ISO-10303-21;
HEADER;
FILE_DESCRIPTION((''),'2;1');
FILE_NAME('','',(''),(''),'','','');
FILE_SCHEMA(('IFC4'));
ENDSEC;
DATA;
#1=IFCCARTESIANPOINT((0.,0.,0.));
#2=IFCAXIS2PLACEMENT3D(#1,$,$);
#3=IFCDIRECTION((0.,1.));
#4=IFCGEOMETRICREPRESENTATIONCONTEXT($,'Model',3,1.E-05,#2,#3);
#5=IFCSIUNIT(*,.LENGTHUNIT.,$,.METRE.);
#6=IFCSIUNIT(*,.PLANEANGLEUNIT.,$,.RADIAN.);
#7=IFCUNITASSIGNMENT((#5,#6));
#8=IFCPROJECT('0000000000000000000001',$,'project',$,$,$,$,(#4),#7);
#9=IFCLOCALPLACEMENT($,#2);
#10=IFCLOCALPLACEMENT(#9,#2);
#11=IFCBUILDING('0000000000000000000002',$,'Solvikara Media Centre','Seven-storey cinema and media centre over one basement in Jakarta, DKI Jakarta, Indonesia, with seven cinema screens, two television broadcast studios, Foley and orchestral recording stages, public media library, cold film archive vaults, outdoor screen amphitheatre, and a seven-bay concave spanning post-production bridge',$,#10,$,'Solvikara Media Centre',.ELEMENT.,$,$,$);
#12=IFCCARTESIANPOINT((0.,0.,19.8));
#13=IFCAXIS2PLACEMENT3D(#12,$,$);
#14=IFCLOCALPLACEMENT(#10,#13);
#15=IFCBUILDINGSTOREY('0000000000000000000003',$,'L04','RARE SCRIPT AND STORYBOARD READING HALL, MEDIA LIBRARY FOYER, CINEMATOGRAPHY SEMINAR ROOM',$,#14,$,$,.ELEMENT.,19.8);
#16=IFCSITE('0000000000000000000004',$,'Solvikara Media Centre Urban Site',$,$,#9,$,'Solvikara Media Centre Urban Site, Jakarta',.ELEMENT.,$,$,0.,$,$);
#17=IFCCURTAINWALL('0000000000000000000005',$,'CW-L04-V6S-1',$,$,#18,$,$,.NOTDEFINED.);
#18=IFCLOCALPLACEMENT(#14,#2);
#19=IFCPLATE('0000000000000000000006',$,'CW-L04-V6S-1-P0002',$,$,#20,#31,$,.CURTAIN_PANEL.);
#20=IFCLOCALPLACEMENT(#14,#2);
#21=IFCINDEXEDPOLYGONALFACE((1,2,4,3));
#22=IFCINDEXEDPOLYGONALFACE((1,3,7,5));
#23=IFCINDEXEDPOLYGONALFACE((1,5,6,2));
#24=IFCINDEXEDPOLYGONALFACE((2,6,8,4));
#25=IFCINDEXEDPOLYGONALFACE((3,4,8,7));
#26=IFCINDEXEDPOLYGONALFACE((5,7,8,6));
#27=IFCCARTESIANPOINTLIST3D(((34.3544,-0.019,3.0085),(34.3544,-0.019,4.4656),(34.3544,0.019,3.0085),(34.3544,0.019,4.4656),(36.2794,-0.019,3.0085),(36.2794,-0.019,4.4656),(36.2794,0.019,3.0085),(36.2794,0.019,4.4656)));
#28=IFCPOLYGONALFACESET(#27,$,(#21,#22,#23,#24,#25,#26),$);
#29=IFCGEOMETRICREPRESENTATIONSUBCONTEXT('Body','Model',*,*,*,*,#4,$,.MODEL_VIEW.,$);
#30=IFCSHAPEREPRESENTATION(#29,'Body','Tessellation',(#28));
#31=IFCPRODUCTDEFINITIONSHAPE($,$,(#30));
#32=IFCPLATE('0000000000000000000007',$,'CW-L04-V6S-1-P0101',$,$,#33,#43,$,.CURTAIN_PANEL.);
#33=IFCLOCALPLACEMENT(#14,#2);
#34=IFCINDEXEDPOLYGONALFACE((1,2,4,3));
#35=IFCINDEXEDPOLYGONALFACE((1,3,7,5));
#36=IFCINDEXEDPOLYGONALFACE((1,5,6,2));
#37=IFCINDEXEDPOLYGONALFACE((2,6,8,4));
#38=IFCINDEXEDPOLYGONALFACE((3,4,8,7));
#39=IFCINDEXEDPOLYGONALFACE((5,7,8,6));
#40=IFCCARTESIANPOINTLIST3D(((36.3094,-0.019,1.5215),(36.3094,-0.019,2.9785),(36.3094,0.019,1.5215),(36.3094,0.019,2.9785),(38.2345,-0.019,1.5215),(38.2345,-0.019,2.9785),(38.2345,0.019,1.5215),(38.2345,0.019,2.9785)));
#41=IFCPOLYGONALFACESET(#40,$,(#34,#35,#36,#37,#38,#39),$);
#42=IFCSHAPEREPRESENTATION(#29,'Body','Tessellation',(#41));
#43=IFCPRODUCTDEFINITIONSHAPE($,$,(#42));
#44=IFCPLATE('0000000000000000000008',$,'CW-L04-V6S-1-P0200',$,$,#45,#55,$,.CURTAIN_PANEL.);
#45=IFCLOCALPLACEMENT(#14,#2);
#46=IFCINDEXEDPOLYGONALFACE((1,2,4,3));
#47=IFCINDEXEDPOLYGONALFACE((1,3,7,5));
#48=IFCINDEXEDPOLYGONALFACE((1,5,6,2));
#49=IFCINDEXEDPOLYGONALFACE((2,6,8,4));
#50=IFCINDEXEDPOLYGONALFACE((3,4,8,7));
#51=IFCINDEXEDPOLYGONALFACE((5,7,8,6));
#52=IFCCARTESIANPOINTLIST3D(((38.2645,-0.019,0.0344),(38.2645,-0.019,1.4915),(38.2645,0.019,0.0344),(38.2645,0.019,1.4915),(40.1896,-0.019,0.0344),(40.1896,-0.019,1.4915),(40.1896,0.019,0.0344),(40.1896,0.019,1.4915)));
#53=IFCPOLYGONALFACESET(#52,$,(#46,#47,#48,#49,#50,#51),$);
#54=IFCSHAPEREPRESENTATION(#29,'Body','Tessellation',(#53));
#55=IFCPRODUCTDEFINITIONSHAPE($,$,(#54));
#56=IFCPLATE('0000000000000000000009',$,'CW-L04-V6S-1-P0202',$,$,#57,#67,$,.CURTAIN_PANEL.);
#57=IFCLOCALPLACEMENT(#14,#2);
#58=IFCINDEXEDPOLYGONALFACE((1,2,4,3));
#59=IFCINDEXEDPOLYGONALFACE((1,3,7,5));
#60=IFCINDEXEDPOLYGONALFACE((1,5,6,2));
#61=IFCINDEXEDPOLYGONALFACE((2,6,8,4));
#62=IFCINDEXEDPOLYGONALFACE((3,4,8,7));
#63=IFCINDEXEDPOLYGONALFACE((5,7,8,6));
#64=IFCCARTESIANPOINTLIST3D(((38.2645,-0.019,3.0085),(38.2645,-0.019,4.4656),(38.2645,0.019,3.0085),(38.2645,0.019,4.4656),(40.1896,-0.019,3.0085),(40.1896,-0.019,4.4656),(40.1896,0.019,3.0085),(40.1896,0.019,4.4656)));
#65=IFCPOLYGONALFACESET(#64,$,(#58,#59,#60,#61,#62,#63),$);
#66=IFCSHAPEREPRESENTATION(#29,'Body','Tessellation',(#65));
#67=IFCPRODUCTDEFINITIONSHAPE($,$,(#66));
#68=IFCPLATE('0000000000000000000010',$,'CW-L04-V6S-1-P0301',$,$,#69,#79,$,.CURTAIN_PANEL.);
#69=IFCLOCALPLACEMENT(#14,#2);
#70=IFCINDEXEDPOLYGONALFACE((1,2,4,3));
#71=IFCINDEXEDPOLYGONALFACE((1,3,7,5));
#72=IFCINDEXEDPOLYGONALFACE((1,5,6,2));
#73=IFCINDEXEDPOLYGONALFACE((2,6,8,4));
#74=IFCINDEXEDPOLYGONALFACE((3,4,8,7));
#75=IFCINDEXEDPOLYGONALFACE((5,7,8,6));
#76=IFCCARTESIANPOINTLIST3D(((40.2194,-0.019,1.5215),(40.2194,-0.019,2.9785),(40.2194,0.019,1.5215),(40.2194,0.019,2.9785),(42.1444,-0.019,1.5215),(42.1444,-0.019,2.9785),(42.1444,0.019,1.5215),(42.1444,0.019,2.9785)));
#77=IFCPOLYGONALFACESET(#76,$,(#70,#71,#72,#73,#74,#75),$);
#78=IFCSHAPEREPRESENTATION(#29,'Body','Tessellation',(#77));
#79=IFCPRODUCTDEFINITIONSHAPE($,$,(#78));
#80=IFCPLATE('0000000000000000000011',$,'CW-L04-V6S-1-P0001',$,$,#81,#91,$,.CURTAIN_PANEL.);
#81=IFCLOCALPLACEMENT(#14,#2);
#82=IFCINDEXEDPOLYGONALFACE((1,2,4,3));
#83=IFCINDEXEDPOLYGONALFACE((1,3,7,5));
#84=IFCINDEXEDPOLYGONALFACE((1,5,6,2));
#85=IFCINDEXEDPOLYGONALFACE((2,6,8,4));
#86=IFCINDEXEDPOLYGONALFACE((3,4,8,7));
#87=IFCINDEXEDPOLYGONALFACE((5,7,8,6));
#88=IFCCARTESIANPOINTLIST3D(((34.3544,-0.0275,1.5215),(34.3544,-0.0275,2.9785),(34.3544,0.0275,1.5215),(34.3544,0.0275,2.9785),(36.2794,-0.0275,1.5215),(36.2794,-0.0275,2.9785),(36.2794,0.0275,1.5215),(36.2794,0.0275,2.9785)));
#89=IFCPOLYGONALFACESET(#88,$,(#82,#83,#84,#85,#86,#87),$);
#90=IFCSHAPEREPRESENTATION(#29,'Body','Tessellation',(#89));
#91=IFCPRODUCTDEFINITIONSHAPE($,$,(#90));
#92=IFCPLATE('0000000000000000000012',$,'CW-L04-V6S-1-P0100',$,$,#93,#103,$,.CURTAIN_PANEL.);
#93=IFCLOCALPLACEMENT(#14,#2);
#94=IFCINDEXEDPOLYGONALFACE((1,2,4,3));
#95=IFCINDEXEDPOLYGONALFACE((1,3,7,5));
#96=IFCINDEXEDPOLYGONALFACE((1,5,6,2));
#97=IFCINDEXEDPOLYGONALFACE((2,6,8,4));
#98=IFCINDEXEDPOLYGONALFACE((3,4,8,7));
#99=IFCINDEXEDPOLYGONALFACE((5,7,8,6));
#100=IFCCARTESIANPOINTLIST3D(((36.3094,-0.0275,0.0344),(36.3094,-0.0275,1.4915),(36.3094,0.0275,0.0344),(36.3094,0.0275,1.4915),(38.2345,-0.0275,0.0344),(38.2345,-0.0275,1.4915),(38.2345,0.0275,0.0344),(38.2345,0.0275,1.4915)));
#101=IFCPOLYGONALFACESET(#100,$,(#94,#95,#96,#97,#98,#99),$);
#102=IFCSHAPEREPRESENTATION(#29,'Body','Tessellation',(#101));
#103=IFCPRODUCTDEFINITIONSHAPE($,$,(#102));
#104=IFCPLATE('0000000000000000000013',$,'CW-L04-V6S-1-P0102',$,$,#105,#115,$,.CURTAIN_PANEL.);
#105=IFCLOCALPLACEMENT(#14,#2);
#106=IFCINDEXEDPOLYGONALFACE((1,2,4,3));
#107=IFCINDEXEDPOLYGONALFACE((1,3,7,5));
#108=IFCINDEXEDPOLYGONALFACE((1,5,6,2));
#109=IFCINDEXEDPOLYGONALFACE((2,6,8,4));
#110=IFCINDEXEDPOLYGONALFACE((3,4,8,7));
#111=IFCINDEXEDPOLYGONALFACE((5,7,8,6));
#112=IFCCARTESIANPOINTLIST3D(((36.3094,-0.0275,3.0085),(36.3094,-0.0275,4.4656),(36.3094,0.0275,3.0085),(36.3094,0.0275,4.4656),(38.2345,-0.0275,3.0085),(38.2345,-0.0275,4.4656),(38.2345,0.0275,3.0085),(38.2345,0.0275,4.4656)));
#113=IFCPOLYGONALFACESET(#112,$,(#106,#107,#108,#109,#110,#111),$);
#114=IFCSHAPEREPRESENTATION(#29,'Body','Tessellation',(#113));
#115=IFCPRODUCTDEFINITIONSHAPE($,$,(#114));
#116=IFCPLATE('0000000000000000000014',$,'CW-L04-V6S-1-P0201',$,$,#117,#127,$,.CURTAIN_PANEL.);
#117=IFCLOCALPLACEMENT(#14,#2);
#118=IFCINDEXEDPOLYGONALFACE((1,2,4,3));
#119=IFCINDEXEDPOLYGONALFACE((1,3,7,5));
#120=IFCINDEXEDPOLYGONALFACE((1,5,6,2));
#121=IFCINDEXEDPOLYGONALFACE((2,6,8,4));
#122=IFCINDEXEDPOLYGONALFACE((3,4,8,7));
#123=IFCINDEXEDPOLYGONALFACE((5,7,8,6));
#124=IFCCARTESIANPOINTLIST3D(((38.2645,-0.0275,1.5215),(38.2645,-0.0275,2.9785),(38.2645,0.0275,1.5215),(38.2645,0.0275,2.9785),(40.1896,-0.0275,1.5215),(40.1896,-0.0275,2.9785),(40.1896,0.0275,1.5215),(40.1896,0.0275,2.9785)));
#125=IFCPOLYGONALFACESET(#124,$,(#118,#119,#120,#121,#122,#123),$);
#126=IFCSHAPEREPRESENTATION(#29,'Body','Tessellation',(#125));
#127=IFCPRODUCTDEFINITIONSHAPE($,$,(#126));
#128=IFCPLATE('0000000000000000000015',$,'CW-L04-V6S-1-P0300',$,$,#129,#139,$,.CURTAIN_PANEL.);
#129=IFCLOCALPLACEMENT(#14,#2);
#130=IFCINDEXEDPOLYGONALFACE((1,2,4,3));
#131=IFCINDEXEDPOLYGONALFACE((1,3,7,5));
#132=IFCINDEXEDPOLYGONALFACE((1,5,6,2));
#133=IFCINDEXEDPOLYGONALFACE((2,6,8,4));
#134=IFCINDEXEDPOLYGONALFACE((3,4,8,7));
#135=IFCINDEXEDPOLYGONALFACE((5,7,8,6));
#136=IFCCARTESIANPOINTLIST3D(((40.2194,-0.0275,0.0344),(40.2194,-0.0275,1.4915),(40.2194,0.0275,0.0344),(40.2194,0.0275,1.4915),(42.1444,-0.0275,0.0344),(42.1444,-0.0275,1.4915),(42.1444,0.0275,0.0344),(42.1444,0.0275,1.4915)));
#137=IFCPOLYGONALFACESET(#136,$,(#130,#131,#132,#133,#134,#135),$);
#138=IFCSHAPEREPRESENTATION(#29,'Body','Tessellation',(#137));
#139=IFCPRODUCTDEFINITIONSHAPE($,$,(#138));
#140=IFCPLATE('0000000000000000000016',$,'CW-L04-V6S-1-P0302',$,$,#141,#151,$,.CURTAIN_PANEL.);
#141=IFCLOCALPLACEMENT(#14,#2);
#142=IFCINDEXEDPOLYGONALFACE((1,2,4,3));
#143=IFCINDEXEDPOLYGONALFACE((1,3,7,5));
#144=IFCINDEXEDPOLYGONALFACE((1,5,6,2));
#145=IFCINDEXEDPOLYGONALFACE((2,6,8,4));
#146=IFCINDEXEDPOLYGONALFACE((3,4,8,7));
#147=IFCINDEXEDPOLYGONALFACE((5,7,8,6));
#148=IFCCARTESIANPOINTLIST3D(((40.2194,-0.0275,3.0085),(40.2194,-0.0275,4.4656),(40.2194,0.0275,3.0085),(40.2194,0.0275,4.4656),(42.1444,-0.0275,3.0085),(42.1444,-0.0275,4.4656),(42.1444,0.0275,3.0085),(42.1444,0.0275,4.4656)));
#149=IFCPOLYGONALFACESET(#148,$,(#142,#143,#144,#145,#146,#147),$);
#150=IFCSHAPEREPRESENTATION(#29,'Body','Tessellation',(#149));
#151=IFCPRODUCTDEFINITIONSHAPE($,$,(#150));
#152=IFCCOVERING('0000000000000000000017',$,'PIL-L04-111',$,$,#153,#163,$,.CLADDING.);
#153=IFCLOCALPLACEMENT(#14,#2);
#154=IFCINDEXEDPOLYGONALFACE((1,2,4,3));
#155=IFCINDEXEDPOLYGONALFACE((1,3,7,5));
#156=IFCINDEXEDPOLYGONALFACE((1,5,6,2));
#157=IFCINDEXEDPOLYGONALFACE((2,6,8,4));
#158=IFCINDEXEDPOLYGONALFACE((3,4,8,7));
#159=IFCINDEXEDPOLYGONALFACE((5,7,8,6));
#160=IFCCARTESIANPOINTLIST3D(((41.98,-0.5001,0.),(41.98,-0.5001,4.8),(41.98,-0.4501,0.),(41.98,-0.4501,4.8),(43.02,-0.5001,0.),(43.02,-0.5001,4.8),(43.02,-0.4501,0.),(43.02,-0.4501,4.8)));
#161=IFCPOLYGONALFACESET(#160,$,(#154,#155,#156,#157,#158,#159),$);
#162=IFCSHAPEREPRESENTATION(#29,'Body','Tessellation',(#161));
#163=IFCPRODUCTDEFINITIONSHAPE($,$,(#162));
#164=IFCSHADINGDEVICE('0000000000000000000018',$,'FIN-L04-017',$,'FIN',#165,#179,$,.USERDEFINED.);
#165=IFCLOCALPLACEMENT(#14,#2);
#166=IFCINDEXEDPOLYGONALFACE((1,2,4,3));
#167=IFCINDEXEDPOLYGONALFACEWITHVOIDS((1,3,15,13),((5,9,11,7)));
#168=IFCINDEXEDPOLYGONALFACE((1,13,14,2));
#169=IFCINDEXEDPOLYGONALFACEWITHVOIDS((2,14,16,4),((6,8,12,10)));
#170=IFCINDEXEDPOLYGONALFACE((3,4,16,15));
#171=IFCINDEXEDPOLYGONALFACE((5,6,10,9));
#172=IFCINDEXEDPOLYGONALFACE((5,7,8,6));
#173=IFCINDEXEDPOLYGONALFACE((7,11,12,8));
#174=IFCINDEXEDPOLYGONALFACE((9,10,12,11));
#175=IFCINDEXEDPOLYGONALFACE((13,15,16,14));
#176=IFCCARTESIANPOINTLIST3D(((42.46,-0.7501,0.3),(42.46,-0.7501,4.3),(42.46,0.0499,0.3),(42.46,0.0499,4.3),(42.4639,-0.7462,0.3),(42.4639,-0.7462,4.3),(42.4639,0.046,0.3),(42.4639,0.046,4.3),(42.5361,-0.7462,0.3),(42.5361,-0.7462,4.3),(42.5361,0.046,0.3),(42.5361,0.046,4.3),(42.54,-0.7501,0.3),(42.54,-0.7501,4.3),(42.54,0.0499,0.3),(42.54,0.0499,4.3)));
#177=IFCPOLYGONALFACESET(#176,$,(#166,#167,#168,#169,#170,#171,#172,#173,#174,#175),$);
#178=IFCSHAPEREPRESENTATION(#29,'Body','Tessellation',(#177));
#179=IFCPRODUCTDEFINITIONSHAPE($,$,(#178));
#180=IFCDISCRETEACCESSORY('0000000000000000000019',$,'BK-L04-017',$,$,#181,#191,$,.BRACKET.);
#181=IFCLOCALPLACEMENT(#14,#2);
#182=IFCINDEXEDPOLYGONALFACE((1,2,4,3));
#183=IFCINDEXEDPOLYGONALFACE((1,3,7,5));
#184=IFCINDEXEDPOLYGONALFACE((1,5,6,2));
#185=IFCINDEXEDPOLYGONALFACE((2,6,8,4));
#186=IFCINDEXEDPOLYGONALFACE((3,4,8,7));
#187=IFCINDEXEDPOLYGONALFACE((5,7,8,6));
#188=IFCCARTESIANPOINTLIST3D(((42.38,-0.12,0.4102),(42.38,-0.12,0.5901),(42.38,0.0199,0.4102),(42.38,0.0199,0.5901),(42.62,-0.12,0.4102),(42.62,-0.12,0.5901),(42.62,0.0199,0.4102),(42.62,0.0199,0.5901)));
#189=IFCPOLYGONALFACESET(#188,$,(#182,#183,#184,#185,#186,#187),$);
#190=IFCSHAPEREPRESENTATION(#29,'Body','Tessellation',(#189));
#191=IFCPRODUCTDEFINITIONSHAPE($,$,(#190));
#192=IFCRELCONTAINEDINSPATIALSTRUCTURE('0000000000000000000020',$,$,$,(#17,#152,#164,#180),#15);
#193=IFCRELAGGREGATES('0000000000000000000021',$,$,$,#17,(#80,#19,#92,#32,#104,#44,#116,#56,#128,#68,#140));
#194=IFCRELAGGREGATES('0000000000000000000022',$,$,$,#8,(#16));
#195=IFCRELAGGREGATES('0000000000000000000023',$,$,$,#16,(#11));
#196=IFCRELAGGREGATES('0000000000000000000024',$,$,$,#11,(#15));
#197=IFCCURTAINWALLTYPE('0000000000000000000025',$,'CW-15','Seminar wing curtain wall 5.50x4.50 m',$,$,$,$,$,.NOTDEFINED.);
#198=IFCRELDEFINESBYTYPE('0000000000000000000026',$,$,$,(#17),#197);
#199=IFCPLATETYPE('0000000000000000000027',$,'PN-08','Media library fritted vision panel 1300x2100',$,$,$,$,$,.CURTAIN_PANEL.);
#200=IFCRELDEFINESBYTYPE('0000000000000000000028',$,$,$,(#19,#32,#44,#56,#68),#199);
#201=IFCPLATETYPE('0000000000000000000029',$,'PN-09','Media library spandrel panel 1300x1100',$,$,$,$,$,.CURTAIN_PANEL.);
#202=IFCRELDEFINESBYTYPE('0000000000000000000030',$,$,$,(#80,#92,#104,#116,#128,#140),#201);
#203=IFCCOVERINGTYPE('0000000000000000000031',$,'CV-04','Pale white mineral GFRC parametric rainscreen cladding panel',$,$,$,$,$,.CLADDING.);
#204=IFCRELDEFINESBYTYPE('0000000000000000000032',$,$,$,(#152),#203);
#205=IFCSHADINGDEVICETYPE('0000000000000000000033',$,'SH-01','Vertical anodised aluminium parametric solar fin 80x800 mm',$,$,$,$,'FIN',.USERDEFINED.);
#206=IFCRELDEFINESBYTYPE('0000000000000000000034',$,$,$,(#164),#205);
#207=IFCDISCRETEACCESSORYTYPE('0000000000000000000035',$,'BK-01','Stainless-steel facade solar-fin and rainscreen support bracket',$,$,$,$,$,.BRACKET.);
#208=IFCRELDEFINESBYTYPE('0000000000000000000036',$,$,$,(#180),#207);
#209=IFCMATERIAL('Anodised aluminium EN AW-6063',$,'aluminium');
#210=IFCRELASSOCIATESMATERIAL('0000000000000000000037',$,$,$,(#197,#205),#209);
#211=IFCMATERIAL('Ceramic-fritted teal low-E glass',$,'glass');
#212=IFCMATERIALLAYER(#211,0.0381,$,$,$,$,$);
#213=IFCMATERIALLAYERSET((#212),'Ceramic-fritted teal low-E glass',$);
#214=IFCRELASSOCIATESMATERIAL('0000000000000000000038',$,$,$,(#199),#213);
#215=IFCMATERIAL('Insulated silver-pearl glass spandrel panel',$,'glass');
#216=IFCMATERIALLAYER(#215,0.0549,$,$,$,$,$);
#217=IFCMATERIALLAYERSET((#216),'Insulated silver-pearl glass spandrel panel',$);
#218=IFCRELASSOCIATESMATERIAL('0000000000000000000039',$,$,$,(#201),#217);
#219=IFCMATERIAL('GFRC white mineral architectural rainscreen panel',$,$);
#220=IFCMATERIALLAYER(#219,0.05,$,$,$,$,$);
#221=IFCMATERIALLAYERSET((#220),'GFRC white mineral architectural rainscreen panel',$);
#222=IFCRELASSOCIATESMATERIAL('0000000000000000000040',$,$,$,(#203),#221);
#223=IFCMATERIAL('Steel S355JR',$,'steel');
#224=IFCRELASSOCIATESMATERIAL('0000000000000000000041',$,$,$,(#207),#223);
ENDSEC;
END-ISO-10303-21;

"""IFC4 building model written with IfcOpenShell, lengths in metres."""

from ifc_helpers import new_model, si_unit, direction, frame, origin, origin_2d, place, context, subcontext, project, spatial, rectangle, hollow_rectangle, extrude, material, layer, layer_set, material_profile, profile_set, type_object, element, aggregate, save


model = new_model("IFC4")

# Units and contexts
model_context = context("Model", 3, precision=1e-05, world=origin(), true_north=direction((0.0, 1.0)))
body_context = subcontext(model_context, "Body", "Model", "MODEL_VIEW")
ifc_project = project(units=[si_unit("LENGTHUNIT", "METRE"), si_unit("PLANEANGLEUNIT", "RADIAN")], contexts=[model_context])

# Site, building, storey
site_placement = place(None, origin())
site = spatial("IfcSite", under=ifc_project, at=site_placement, Name="Solvikara Media Centre Urban Site", LongName="Solvikara Media Centre Urban Site, Jakarta", CompositionType="ELEMENT", RefElevation=0.0)
building_placement = place(site_placement, origin())
building = spatial("IfcBuilding", under=site, at=building_placement, Name="Solvikara Media Centre", Description="Seven-storey cinema and media centre over one basement in Jakarta, DKI Jakarta, Indonesia, with seven cinema screens, two television broadcast studios, Foley and orchestral recording stages, public media library, cold film archive vaults, outdoor screen amphitheatre, and a seven-bay concave spanning post-production bridge", LongName="Solvikara Media Centre", CompositionType="ELEMENT")
storey_placement = place(building_placement, frame((0.0, 0.0, 19.8)))
storey = spatial("IfcBuildingStorey", under=building, at=storey_placement, Name="L04", Description="RARE SCRIPT AND STORYBOARD READING HALL, MEDIA LIBRARY FOYER, CINEMATOGRAPHY SEMINAR ROOM", CompositionType="ELEMENT", Elevation=19.8)

# Shared definitions
ifc_material_1 = material(Name="Steel S355JR", Category="steel")

# Curtain wall
ifc_material_2 = material(Name="Anodised aluminium EN AW-6063", Category="aluminium")
curtain_wall_type = type_object("IfcCurtainWallType", Name="CW-15", Description="Seminar wing curtain wall 5.50x4.50 m", PredefinedType="NOTDEFINED", material=ifc_material_2)
curtain_wall_1_placement = place(storey_placement, origin())
curtain_wall_1 = element("IfcCurtainWall", 1, at=curtain_wall_1_placement, inside=storey, type_object=curtain_wall_type, Name="CW-L04-V6S-1", PredefinedType="NOTDEFINED")

# Plates
ifc_material_3 = material(Name="Ceramic-fritted teal low-E glass", Category="glass")
ifc_layer_1 = layer(ifc_material_3, 0.0381)
ifc_layer_set_1 = layer_set([ifc_layer_1], Name="Ceramic-fritted teal low-E glass")
plate_type_1 = type_object("IfcPlateType", Name="PN-08", Description="Media library fritted vision panel 1300x2100", PredefinedType="CURTAIN_PANEL", material=ifc_layer_set_1)
plate_1_placement = place(storey_placement, frame((35.3169, 0.0, 3.0085), z_axis=(0.0, 0.0, 1.0), x_axis=(1.0, 0.0, 0.0)))
plate_1 = element("IfcPlate", 2, at=plate_1_placement, type_object=plate_type_1, Name="CW-L04-V6S-1-P0002", PredefinedType="CURTAIN_PANEL", context=body_context, shape_type="SweptSolid", body=[
    extrude(rectangle(XDim=1.925, YDim=0.0381, at=origin_2d()), origin(), (0.0, 0.0, 1.0), 1.457),
])
plate_2_placement = place(storey_placement, frame((37.272, 0.0, 1.5215), z_axis=(0.0, 0.0, 1.0), x_axis=(1.0, 0.0, 0.0)))
plate_2 = element("IfcPlate", 3, at=plate_2_placement, type_object=plate_type_1, Name="CW-L04-V6S-1-P0101", PredefinedType="CURTAIN_PANEL", context=body_context, shape_type="SweptSolid", body=[
    extrude(rectangle(XDim=1.925, YDim=0.0381, at=origin_2d()), origin(), (0.0, 0.0, 1.0), 1.457),
])
plate_3_placement = place(storey_placement, frame((39.2271, 0.0, 0.0344), z_axis=(0.0, 0.0, 1.0), x_axis=(1.0, 0.0, 0.0)))
plate_3 = element("IfcPlate", 4, at=plate_3_placement, type_object=plate_type_1, Name="CW-L04-V6S-1-P0200", PredefinedType="CURTAIN_PANEL", context=body_context, shape_type="SweptSolid", body=[
    extrude(rectangle(XDim=1.925, YDim=0.0381, at=origin_2d()), origin(), (0.0, 0.0, 1.0), 1.457),
])
plate_4_placement = place(storey_placement, frame((39.2271, 0.0, 3.0085), z_axis=(0.0, 0.0, 1.0), x_axis=(1.0, 0.0, 0.0)))
plate_4 = element("IfcPlate", 5, at=plate_4_placement, type_object=plate_type_1, Name="CW-L04-V6S-1-P0202", PredefinedType="CURTAIN_PANEL", context=body_context, shape_type="SweptSolid", body=[
    extrude(rectangle(XDim=1.925, YDim=0.0381, at=origin_2d()), origin(), (0.0, 0.0, 1.0), 1.457),
])
plate_5_placement = place(storey_placement, frame((41.1819, 0.0, 1.5215), z_axis=(0.0, 0.0, 1.0), x_axis=(1.0, 0.0, 0.0)))
plate_5 = element("IfcPlate", 6, at=plate_5_placement, type_object=plate_type_1, Name="CW-L04-V6S-1-P0301", PredefinedType="CURTAIN_PANEL", context=body_context, shape_type="SweptSolid", body=[
    extrude(rectangle(XDim=1.925, YDim=0.0381, at=origin_2d()), origin(), (0.0, 0.0, 1.0), 1.457),
])
ifc_material_4 = material(Name="Insulated silver-pearl glass spandrel panel", Category="glass")
ifc_layer_2 = layer(ifc_material_4, 0.0549)
ifc_layer_set_2 = layer_set([ifc_layer_2], Name="Insulated silver-pearl glass spandrel panel")
plate_type_2 = type_object("IfcPlateType", Name="PN-09", Description="Media library spandrel panel 1300x1100", PredefinedType="CURTAIN_PANEL", material=ifc_layer_set_2)
plate_6_placement = place(storey_placement, frame((35.3169, 0.0, 1.5215), z_axis=(0.0, 0.0, 1.0), x_axis=(1.0, 0.0, 0.0)))
plate_6 = element("IfcPlate", 7, at=plate_6_placement, type_object=plate_type_2, Name="CW-L04-V6S-1-P0001", PredefinedType="CURTAIN_PANEL", context=body_context, shape_type="SweptSolid", body=[
    extrude(rectangle(XDim=1.925, YDim=0.0549, at=origin_2d()), origin(), (0.0, 0.0, 1.0), 1.457),
])
plate_7_placement = place(storey_placement, frame((37.272, 0.0, 0.0344), z_axis=(0.0, 0.0, 1.0), x_axis=(1.0, 0.0, 0.0)))
plate_7 = element("IfcPlate", 8, at=plate_7_placement, type_object=plate_type_2, Name="CW-L04-V6S-1-P0100", PredefinedType="CURTAIN_PANEL", context=body_context, shape_type="SweptSolid", body=[
    extrude(rectangle(XDim=1.925, YDim=0.0549, at=origin_2d()), origin(), (0.0, 0.0, 1.0), 1.457),
])
plate_8_placement = place(storey_placement, frame((37.272, 0.0, 3.0085), z_axis=(0.0, 0.0, 1.0), x_axis=(1.0, 0.0, 0.0)))
plate_8 = element("IfcPlate", 9, at=plate_8_placement, type_object=plate_type_2, Name="CW-L04-V6S-1-P0102", PredefinedType="CURTAIN_PANEL", context=body_context, shape_type="SweptSolid", body=[
    extrude(rectangle(XDim=1.925, YDim=0.0549, at=origin_2d()), origin(), (0.0, 0.0, 1.0), 1.457),
])
plate_9_placement = place(storey_placement, frame((39.2271, 0.0, 1.5215), z_axis=(0.0, 0.0, 1.0), x_axis=(1.0, 0.0, 0.0)))
plate_9 = element("IfcPlate", 10, at=plate_9_placement, type_object=plate_type_2, Name="CW-L04-V6S-1-P0201", PredefinedType="CURTAIN_PANEL", context=body_context, shape_type="SweptSolid", body=[
    extrude(rectangle(XDim=1.925, YDim=0.0549, at=origin_2d()), origin(), (0.0, 0.0, 1.0), 1.457),
])
plate_10_placement = place(storey_placement, frame((41.1819, 0.0, 0.0344), z_axis=(0.0, 0.0, 1.0), x_axis=(1.0, 0.0, 0.0)))
plate_10 = element("IfcPlate", 11, at=plate_10_placement, type_object=plate_type_2, Name="CW-L04-V6S-1-P0300", PredefinedType="CURTAIN_PANEL", context=body_context, shape_type="SweptSolid", body=[
    extrude(rectangle(XDim=1.925, YDim=0.0549, at=origin_2d()), origin(), (0.0, 0.0, 1.0), 1.457),
])
plate_11_placement = place(storey_placement, frame((41.1819, 0.0, 3.0085), z_axis=(0.0, 0.0, 1.0), x_axis=(1.0, 0.0, 0.0)))
plate_11 = element("IfcPlate", 12, at=plate_11_placement, type_object=plate_type_2, Name="CW-L04-V6S-1-P0302", PredefinedType="CURTAIN_PANEL", context=body_context, shape_type="SweptSolid", body=[
    extrude(rectangle(XDim=1.925, YDim=0.0549, at=origin_2d()), origin(), (0.0, 0.0, 1.0), 1.457),
])
aggregate(curtain_wall_1, [plate_6, plate_1, plate_7, plate_2, plate_8, plate_3, plate_9, plate_4, plate_10, plate_5, plate_11])

# Covering
ifc_material_5 = material(Name="GFRC white mineral architectural rainscreen panel")
ifc_layer_3 = layer(ifc_material_5, 0.05)
ifc_layer_set_3 = layer_set([ifc_layer_3], Name="GFRC white mineral architectural rainscreen panel")
covering_type = type_object("IfcCoveringType", Name="CV-04", Description="Pale white mineral GFRC parametric rainscreen cladding panel", PredefinedType="CLADDING", material=ifc_layer_set_3)
covering_placement = place(storey_placement, frame((42.5, -0.4751, 0.0), z_axis=(0.0, 0.0, 1.0), x_axis=(1.0, 0.0, 0.0)))
element("IfcCovering", 13, at=covering_placement, inside=storey, type_object=covering_type, Name="PIL-L04-111", PredefinedType="CLADDING", context=body_context, shape_type="SweptSolid", body=[
    extrude(rectangle(XDim=1.04, YDim=0.05, at=origin_2d()), origin(), (0.0, 0.0, 1.0), 4.8),
])

# Shading device
ifc_material_profile_1 = material_profile(ifc_material_2, hollow_rectangle(XDim=0.0801, YDim=0.8, WallThickness=0.0039, at=origin_2d()), Name="ALU-FIN 80x800x4")
ifc_profile_set_1 = profile_set([ifc_material_profile_1], Name="Anodised aluminium EN AW-6063")
shading_device_type = type_object("IfcShadingDeviceType", Name="SH-01", Description="Vertical anodised aluminium parametric solar fin 80x800 mm", ElementType="FIN", PredefinedType="USERDEFINED", material=ifc_profile_set_1)
shading_device_placement = place(storey_placement, frame((42.5, -0.3501, 0.3), z_axis=(0.0, 0.0, 1.0), x_axis=(1.0, 0.0, 0.0)))
element("IfcShadingDevice", 14, at=shading_device_placement, inside=storey, type_object=shading_device_type, Name="FIN-L04-017", ObjectType="FIN", PredefinedType="USERDEFINED", context=body_context, shape_type="SweptSolid", body=[
    extrude(hollow_rectangle(XDim=0.0801, YDim=0.8, WallThickness=0.0039, at=origin_2d()), origin(), (0.0, 0.0, 1.0), 4.0),
])

# Discrete accessory
discrete_accessory_type = type_object("IfcDiscreteAccessoryType", Name="BK-01", Description="Stainless-steel facade solar-fin and rainscreen support bracket", PredefinedType="BRACKET", material=ifc_material_1)
discrete_accessory_placement = place(storey_placement, frame((42.5, -0.05, 0.4102), z_axis=(0.0, 0.0, 1.0), x_axis=(1.0, 0.0, 0.0)))
element("IfcDiscreteAccessory", 15, at=discrete_accessory_placement, inside=storey, type_object=discrete_accessory_type, Name="BK-L04-017", PredefinedType="BRACKET", context=body_context, shape_type="SweptSolid", body=[
    extrude(rectangle(XDim=0.24, YDim=0.1399, at=origin_2d()), origin(), (0.0, 0.0, 1.0), 0.1799),
])

save(model, "model.ifc")
